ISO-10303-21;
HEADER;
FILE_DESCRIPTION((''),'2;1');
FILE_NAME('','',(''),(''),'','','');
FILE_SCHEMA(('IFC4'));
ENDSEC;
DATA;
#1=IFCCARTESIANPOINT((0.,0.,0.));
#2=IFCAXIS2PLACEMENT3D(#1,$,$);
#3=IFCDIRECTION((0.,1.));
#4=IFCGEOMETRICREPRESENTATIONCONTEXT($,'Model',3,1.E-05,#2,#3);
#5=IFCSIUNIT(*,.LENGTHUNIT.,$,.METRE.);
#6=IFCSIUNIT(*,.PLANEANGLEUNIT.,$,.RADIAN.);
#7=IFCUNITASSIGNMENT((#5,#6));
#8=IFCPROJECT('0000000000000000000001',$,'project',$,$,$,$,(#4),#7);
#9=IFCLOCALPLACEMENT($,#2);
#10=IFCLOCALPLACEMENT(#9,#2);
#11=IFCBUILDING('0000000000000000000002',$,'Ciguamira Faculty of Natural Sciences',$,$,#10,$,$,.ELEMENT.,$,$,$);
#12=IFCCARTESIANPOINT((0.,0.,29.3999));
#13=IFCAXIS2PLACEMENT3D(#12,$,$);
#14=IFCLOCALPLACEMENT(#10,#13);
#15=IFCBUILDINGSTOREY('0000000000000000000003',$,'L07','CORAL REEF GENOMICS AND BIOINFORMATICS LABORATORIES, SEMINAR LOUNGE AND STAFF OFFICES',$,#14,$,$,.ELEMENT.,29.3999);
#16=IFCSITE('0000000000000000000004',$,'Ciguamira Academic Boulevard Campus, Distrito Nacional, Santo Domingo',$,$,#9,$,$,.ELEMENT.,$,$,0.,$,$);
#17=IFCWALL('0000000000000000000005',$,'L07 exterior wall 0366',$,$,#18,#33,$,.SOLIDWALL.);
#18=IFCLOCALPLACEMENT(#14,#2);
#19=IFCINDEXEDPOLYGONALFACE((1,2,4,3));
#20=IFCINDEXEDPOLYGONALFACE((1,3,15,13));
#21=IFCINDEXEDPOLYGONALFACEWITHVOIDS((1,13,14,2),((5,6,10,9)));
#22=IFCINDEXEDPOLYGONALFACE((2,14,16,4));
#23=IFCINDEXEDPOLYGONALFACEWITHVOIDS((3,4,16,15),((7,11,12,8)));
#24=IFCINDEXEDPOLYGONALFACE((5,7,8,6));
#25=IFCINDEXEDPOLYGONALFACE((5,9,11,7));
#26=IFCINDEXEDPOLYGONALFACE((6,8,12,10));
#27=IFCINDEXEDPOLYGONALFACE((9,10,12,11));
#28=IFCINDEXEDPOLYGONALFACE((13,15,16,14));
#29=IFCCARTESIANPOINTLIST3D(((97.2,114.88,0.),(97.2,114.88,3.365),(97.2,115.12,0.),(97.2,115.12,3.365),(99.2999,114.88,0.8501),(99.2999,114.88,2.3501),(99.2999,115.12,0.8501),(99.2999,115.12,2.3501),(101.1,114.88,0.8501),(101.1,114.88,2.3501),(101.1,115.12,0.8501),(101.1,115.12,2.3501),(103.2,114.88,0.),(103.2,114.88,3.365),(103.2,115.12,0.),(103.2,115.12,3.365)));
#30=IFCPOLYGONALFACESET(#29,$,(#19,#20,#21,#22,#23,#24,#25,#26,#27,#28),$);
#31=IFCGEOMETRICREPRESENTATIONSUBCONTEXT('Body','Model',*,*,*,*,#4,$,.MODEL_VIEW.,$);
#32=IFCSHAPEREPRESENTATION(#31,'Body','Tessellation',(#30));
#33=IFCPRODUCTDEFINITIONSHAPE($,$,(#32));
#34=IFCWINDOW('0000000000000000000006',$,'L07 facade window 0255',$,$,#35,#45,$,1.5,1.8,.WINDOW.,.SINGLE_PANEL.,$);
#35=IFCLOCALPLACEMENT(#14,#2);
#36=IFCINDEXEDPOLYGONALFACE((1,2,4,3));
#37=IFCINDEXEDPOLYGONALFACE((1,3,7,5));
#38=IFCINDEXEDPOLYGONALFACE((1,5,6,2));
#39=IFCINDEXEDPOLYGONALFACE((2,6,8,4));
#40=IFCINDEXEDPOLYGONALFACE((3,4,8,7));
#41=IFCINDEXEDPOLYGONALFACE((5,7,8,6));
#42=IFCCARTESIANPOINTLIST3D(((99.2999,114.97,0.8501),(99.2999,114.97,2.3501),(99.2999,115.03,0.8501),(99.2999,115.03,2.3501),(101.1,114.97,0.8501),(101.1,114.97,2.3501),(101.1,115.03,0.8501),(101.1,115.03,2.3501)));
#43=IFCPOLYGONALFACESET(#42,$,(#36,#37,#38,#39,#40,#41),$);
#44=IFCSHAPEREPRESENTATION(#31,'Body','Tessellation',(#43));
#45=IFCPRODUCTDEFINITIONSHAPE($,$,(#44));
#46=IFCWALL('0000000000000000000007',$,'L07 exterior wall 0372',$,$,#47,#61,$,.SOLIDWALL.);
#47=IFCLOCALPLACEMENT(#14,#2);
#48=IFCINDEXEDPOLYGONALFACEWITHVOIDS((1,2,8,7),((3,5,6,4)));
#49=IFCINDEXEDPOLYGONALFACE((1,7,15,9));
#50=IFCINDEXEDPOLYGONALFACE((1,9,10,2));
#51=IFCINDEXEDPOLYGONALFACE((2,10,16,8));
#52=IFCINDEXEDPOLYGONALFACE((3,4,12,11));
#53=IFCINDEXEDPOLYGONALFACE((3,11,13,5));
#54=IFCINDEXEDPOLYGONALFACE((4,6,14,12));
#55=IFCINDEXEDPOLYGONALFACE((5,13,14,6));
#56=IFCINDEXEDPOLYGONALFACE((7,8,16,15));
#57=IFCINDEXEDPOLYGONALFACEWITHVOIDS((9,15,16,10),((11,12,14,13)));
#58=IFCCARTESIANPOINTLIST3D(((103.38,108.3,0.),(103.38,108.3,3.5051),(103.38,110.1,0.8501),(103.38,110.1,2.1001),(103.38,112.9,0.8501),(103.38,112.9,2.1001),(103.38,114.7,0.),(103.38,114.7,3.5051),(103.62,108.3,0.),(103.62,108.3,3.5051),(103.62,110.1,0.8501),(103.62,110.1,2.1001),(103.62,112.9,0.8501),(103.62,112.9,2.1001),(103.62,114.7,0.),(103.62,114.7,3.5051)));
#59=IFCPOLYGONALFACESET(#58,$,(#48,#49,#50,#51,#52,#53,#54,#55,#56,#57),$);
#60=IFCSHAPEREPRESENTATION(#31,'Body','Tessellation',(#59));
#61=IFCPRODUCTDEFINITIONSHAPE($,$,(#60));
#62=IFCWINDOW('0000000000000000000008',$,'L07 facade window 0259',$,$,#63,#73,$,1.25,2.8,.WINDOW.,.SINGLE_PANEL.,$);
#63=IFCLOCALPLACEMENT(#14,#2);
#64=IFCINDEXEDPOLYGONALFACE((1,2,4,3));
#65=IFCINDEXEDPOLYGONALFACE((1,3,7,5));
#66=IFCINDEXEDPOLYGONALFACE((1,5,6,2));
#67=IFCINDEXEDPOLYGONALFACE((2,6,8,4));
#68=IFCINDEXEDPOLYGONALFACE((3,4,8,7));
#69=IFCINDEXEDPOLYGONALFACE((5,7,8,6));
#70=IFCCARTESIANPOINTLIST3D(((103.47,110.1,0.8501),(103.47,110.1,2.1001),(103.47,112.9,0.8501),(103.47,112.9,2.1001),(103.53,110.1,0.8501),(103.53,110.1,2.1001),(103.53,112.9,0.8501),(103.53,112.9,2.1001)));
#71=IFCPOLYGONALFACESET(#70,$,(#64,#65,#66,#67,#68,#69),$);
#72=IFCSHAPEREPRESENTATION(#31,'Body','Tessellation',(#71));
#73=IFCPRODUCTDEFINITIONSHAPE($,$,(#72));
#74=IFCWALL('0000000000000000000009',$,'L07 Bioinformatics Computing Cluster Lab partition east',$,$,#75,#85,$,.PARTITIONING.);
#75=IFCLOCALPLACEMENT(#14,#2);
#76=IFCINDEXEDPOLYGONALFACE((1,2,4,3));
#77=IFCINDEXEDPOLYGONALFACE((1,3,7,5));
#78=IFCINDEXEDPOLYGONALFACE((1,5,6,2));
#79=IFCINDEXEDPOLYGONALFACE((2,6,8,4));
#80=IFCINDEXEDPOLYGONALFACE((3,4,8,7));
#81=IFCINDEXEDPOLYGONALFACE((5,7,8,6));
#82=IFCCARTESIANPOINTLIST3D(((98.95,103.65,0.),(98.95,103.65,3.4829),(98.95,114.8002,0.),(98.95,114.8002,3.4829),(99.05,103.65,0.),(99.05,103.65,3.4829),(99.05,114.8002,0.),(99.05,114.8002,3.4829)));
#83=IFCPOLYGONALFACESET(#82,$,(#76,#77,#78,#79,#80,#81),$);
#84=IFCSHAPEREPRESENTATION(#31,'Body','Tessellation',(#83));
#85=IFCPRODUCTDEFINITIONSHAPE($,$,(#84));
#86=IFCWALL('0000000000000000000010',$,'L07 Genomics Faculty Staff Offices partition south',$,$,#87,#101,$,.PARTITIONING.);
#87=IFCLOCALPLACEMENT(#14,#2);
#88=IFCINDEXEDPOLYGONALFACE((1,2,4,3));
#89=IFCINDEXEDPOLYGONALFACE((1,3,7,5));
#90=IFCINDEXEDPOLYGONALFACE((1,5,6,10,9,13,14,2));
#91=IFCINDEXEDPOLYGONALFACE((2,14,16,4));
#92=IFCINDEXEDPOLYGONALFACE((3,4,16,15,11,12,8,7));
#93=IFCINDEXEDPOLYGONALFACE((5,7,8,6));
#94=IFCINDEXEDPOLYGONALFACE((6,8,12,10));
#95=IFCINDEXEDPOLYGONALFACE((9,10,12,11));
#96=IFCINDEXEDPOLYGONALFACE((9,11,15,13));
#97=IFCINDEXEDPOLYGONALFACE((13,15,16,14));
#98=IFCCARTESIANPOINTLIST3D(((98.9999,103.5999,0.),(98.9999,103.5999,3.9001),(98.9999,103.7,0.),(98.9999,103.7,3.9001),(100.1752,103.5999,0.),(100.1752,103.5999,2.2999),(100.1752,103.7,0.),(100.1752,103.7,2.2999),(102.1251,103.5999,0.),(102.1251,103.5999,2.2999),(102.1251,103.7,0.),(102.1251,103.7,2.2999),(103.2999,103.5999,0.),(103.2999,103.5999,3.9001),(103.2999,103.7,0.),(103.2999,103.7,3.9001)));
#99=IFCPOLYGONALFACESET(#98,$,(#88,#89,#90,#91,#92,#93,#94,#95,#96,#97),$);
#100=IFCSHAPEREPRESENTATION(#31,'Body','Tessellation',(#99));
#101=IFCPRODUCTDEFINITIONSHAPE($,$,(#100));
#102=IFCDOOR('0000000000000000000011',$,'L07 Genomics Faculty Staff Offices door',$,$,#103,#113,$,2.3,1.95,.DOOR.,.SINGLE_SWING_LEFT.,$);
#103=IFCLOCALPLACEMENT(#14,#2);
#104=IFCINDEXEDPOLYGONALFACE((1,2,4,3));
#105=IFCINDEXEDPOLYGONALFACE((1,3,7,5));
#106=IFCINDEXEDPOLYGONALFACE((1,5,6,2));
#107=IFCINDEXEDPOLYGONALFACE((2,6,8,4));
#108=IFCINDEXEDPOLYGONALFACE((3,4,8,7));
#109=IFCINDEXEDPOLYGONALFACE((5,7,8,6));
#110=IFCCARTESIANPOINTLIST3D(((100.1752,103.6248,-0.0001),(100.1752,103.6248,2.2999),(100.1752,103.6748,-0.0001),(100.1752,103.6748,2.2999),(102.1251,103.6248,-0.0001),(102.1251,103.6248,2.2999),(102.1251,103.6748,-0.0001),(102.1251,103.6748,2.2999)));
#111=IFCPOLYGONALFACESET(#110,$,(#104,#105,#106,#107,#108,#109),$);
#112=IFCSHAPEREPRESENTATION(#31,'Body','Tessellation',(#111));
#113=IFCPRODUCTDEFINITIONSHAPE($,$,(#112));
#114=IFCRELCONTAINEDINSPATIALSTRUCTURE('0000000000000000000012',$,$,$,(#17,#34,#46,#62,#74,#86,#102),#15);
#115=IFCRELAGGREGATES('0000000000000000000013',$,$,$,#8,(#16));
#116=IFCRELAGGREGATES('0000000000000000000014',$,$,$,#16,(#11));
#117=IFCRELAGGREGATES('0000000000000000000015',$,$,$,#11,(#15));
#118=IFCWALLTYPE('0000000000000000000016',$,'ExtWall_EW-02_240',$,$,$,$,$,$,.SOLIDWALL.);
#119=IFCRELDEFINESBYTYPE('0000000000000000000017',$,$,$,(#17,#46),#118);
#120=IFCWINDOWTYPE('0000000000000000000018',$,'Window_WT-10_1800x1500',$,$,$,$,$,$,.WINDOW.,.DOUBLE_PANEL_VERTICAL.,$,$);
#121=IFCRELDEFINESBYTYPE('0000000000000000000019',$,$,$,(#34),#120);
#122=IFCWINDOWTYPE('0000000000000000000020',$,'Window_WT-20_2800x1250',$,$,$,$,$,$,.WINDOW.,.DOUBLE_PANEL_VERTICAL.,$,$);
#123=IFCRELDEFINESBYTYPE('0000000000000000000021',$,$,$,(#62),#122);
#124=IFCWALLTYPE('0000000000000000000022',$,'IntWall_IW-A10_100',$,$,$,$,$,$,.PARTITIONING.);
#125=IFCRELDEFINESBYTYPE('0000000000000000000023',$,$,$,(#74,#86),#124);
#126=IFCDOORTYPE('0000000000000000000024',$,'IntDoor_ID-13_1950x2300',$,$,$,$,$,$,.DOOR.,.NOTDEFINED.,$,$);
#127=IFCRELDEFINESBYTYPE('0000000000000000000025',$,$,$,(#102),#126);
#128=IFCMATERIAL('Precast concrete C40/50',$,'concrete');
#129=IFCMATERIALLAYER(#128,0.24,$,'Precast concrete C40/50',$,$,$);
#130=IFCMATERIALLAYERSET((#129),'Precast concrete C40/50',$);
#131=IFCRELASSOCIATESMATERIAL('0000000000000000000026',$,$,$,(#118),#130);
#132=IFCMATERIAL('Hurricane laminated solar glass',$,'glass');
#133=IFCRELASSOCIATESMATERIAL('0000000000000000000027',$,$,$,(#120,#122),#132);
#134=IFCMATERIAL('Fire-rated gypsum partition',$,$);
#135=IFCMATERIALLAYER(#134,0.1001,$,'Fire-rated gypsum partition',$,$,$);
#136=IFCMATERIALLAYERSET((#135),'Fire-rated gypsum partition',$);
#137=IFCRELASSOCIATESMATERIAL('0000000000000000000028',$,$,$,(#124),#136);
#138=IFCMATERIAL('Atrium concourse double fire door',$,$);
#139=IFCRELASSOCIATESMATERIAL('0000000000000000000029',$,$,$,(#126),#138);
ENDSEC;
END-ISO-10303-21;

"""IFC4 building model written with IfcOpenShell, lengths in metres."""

from ifc_helpers import new_model, si_unit, direction, frame, frame_2d, origin, place, context, subcontext, project, spatial, rectangle, extrude, material, layer, layer_set, type_object, element, fill, save


model = new_model("IFC4")

# Units and contexts
model_context = context("Model", 3, precision=1e-05, world=origin(), true_north=direction((0.0, 1.0)))
body_context = subcontext(model_context, "Body", "Model", "MODEL_VIEW")
ifc_project = project(units=[si_unit("LENGTHUNIT", "METRE"), si_unit("PLANEANGLEUNIT", "RADIAN")], contexts=[model_context])

# Site, building, storey
site_placement = place(None, origin())
site = spatial("IfcSite", under=ifc_project, at=site_placement, Name="Ciguamira Academic Boulevard Campus, Distrito Nacional, Santo Domingo", CompositionType="ELEMENT", RefElevation=0.0)
building_placement = place(site_placement, origin())
building = spatial("IfcBuilding", under=site, at=building_placement, Name="Ciguamira Faculty of Natural Sciences", CompositionType="ELEMENT")
storey_placement = place(building_placement, frame((0.0, 0.0, 29.3999)))
storey = spatial("IfcBuildingStorey", under=building, at=storey_placement, Name="L07", Description="CORAL REEF GENOMICS AND BIOINFORMATICS LABORATORIES, SEMINAR LOUNGE AND STAFF OFFICES", CompositionType="ELEMENT", Elevation=29.3999)

# Shared definitions
ifc_material_1 = material(Name="Precast concrete C40/50", Category="concrete")

# Wall, opening, window
ifc_layer_1 = layer(ifc_material_1, 0.24, Name="Precast concrete C40/50")
ifc_layer_set_1 = layer_set([ifc_layer_1], Name="Precast concrete C40/50")
wall_type_1 = type_object("IfcWallType", Name="ExtWall_EW-02_240", PredefinedType="SOLIDWALL", material=ifc_layer_set_1)
wall_1_placement = place(storey_placement, frame((97.2, 115.0, 0.0), z_axis=(0.0, 0.0, 1.0), x_axis=(1.0, 0.0, 0.0)))
wall_1 = element("IfcWall", 1, at=wall_1_placement, inside=storey, type_object=wall_type_1, Name="L07 exterior wall 0366", PredefinedType="SOLIDWALL", context=body_context, shape_type="SweptSolid", body=[
    extrude(rectangle(XDim=6.0, YDim=0.24, at=frame_2d((3.0, 0.0))), origin(), (0.0, 0.0, 1.0), 3.365),
])
opening_1_placement = place(wall_1_placement, frame((2.1001, 0.0, 0.8501)))
opening_1 = element("IfcOpeningElement", 2, at=opening_1_placement, cuts=wall_1, PredefinedType="OPENING", context=body_context, shape_type="SweptSolid", body=[
    extrude(rectangle(XDim=1.8, YDim=1.5, at=frame_2d((0.8999, 0.75))), frame((0.0, 0.1299, 0.0), z_axis=(0.0, -1.0, 0.0), x_axis=(1.0, 0.0, 0.0)), (0.0, 0.0, 1.0), 0.26),
])
ifc_material_2 = material(Name="Hurricane laminated solar glass", Category="glass")
window_type_1 = type_object("IfcWindowType", Name="Window_WT-10_1800x1500", PartitioningType="DOUBLE_PANEL_VERTICAL", PredefinedType="WINDOW", material=ifc_material_2)
window_1_placement = place(opening_1_placement, origin())
window_1 = element("IfcWindow", 3, at=window_1_placement, inside=storey, type_object=window_type_1, Name="L07 facade window 0255", OverallHeight=1.5, OverallWidth=1.8, PartitioningType="SINGLE_PANEL", PredefinedType="WINDOW", context=body_context, shape_type="SweptSolid", body=[
    extrude(rectangle(XDim=1.8, YDim=1.5, at=frame_2d((0.8999, 0.75))), frame((0.0, 0.03, 0.0), z_axis=(0.0, -1.0, 0.0), x_axis=(1.0, 0.0, 0.0)), (0.0, 0.0, 1.0), 0.0601),
])
fill(opening_1, window_1)

# Wall, opening, window
wall_2_placement = place(storey_placement, frame((103.5, 108.3, 0.0), z_axis=(0.0, 0.0, 1.0), x_axis=(0.0, 1.0, 0.0)))
wall_2 = element("IfcWall", 4, at=wall_2_placement, inside=storey, type_object=wall_type_1, Name="L07 exterior wall 0372", PredefinedType="SOLIDWALL", context=body_context, shape_type="SweptSolid", body=[
    extrude(rectangle(XDim=6.3999, YDim=0.24, at=frame_2d((3.2, 0.0))), origin(), (0.0, 0.0, 1.0), 3.5051),
])
opening_2_placement = place(wall_2_placement, frame((1.8, 0.0, 0.8501)))
opening_2 = element("IfcOpeningElement", 5, at=opening_2_placement, cuts=wall_2, PredefinedType="OPENING", context=body_context, shape_type="SweptSolid", body=[
    extrude(rectangle(XDim=2.8, YDim=1.25, at=frame_2d((1.3999, 0.625))), frame((0.0, 0.1299, 0.0), z_axis=(0.0, -1.0, 0.0), x_axis=(1.0, 0.0, 0.0)), (0.0, 0.0, 1.0), 0.26),
])
window_type_2 = type_object("IfcWindowType", Name="Window_WT-20_2800x1250", PartitioningType="DOUBLE_PANEL_VERTICAL", PredefinedType="WINDOW", material=ifc_material_2)
window_2_placement = place(opening_2_placement, origin())
window_2 = element("IfcWindow", 6, at=window_2_placement, inside=storey, type_object=window_type_2, Name="L07 facade window 0259", OverallHeight=1.25, OverallWidth=2.8, PartitioningType="SINGLE_PANEL", PredefinedType="WINDOW", context=body_context, shape_type="SweptSolid", body=[
    extrude(rectangle(XDim=2.8, YDim=1.25, at=frame_2d((1.3999, 0.625))), frame((0.0, 0.03, 0.0), z_axis=(0.0, -1.0, 0.0), x_axis=(1.0, 0.0, 0.0)), (0.0, 0.0, 1.0), 0.0601),
])
fill(opening_2, window_2)

# Wall
ifc_material_3 = material(Name="Fire-rated gypsum partition")
ifc_layer_2 = layer(ifc_material_3, 0.1001, Name="Fire-rated gypsum partition")
ifc_layer_set_2 = layer_set([ifc_layer_2], Name="Fire-rated gypsum partition")
wall_type_2 = type_object("IfcWallType", Name="IntWall_IW-A10_100", PredefinedType="PARTITIONING", material=ifc_layer_set_2)
wall_3_placement = place(storey_placement, frame((99.0, 103.6499, 0.0), z_axis=(0.0, 0.0, 1.0), x_axis=(0.0, 1.0, 0.0)))
element("IfcWall", 7, at=wall_3_placement, inside=storey, type_object=wall_type_2, Name="L07 Bioinformatics Computing Cluster Lab partition east", PredefinedType="PARTITIONING", context=body_context, shape_type="SweptSolid", body=[
    extrude(rectangle(XDim=11.1501, YDim=0.1001, at=frame_2d((5.5752, 0.0))), origin(), (0.0, 0.0, 1.0), 3.4829),
])

# Wall, opening, door
wall_4_placement = place(storey_placement, frame((99.0, 103.6499, 0.0), z_axis=(0.0, 0.0, 1.0), x_axis=(1.0, 0.0, 0.0)))
wall_4 = element("IfcWall", 8, at=wall_4_placement, inside=storey, type_object=wall_type_2, Name="L07 Genomics Faculty Staff Offices partition south", PredefinedType="PARTITIONING", context=body_context, shape_type="SweptSolid", body=[
    extrude(rectangle(XDim=4.3, YDim=0.1001, at=frame_2d((2.1499, 0.0))), origin(), (0.0, 0.0, 1.0), 3.9001),
])
opening_3_placement = place(wall_4_placement, frame((1.175, 0.0, 0.0)))
opening_3 = element("IfcOpeningElement", 9, at=opening_3_placement, cuts=wall_4, PredefinedType="OPENING", context=body_context, shape_type="SweptSolid", body=[
    extrude(rectangle(XDim=1.95, YDim=2.3, at=frame_2d((0.9751, 1.1499))), frame((0.0, 0.0601, 0.0), z_axis=(0.0, -1.0, 0.0), x_axis=(1.0, 0.0, 0.0)), (0.0, 0.0, 1.0), 0.1201),
])
ifc_material_4 = material(Name="Atrium concourse double fire door")
door_type_1 = type_object("IfcDoorType", Name="IntDoor_ID-13_1950x2300", OperationType="NOTDEFINED", PredefinedType="DOOR", material=ifc_material_4)
door_1_placement = place(opening_3_placement, origin())
door_1 = element("IfcDoor", 10, at=door_1_placement, inside=storey, type_object=door_type_1, Name="L07 Genomics Faculty Staff Offices door", OperationType="SINGLE_SWING_LEFT", OverallHeight=2.3, OverallWidth=1.95, PredefinedType="DOOR", context=body_context, shape_type="SweptSolid", body=[
    extrude(rectangle(XDim=1.95, YDim=2.3, at=frame_2d((0.9751, 1.1499))), frame((0.0, 0.0249, 0.0), z_axis=(0.0, -1.0, 0.0), x_axis=(1.0, 0.0, 0.0)), (0.0, 0.0, 1.0), 0.05),
])
fill(opening_3, door_1)

save(model, "model.ifc")
